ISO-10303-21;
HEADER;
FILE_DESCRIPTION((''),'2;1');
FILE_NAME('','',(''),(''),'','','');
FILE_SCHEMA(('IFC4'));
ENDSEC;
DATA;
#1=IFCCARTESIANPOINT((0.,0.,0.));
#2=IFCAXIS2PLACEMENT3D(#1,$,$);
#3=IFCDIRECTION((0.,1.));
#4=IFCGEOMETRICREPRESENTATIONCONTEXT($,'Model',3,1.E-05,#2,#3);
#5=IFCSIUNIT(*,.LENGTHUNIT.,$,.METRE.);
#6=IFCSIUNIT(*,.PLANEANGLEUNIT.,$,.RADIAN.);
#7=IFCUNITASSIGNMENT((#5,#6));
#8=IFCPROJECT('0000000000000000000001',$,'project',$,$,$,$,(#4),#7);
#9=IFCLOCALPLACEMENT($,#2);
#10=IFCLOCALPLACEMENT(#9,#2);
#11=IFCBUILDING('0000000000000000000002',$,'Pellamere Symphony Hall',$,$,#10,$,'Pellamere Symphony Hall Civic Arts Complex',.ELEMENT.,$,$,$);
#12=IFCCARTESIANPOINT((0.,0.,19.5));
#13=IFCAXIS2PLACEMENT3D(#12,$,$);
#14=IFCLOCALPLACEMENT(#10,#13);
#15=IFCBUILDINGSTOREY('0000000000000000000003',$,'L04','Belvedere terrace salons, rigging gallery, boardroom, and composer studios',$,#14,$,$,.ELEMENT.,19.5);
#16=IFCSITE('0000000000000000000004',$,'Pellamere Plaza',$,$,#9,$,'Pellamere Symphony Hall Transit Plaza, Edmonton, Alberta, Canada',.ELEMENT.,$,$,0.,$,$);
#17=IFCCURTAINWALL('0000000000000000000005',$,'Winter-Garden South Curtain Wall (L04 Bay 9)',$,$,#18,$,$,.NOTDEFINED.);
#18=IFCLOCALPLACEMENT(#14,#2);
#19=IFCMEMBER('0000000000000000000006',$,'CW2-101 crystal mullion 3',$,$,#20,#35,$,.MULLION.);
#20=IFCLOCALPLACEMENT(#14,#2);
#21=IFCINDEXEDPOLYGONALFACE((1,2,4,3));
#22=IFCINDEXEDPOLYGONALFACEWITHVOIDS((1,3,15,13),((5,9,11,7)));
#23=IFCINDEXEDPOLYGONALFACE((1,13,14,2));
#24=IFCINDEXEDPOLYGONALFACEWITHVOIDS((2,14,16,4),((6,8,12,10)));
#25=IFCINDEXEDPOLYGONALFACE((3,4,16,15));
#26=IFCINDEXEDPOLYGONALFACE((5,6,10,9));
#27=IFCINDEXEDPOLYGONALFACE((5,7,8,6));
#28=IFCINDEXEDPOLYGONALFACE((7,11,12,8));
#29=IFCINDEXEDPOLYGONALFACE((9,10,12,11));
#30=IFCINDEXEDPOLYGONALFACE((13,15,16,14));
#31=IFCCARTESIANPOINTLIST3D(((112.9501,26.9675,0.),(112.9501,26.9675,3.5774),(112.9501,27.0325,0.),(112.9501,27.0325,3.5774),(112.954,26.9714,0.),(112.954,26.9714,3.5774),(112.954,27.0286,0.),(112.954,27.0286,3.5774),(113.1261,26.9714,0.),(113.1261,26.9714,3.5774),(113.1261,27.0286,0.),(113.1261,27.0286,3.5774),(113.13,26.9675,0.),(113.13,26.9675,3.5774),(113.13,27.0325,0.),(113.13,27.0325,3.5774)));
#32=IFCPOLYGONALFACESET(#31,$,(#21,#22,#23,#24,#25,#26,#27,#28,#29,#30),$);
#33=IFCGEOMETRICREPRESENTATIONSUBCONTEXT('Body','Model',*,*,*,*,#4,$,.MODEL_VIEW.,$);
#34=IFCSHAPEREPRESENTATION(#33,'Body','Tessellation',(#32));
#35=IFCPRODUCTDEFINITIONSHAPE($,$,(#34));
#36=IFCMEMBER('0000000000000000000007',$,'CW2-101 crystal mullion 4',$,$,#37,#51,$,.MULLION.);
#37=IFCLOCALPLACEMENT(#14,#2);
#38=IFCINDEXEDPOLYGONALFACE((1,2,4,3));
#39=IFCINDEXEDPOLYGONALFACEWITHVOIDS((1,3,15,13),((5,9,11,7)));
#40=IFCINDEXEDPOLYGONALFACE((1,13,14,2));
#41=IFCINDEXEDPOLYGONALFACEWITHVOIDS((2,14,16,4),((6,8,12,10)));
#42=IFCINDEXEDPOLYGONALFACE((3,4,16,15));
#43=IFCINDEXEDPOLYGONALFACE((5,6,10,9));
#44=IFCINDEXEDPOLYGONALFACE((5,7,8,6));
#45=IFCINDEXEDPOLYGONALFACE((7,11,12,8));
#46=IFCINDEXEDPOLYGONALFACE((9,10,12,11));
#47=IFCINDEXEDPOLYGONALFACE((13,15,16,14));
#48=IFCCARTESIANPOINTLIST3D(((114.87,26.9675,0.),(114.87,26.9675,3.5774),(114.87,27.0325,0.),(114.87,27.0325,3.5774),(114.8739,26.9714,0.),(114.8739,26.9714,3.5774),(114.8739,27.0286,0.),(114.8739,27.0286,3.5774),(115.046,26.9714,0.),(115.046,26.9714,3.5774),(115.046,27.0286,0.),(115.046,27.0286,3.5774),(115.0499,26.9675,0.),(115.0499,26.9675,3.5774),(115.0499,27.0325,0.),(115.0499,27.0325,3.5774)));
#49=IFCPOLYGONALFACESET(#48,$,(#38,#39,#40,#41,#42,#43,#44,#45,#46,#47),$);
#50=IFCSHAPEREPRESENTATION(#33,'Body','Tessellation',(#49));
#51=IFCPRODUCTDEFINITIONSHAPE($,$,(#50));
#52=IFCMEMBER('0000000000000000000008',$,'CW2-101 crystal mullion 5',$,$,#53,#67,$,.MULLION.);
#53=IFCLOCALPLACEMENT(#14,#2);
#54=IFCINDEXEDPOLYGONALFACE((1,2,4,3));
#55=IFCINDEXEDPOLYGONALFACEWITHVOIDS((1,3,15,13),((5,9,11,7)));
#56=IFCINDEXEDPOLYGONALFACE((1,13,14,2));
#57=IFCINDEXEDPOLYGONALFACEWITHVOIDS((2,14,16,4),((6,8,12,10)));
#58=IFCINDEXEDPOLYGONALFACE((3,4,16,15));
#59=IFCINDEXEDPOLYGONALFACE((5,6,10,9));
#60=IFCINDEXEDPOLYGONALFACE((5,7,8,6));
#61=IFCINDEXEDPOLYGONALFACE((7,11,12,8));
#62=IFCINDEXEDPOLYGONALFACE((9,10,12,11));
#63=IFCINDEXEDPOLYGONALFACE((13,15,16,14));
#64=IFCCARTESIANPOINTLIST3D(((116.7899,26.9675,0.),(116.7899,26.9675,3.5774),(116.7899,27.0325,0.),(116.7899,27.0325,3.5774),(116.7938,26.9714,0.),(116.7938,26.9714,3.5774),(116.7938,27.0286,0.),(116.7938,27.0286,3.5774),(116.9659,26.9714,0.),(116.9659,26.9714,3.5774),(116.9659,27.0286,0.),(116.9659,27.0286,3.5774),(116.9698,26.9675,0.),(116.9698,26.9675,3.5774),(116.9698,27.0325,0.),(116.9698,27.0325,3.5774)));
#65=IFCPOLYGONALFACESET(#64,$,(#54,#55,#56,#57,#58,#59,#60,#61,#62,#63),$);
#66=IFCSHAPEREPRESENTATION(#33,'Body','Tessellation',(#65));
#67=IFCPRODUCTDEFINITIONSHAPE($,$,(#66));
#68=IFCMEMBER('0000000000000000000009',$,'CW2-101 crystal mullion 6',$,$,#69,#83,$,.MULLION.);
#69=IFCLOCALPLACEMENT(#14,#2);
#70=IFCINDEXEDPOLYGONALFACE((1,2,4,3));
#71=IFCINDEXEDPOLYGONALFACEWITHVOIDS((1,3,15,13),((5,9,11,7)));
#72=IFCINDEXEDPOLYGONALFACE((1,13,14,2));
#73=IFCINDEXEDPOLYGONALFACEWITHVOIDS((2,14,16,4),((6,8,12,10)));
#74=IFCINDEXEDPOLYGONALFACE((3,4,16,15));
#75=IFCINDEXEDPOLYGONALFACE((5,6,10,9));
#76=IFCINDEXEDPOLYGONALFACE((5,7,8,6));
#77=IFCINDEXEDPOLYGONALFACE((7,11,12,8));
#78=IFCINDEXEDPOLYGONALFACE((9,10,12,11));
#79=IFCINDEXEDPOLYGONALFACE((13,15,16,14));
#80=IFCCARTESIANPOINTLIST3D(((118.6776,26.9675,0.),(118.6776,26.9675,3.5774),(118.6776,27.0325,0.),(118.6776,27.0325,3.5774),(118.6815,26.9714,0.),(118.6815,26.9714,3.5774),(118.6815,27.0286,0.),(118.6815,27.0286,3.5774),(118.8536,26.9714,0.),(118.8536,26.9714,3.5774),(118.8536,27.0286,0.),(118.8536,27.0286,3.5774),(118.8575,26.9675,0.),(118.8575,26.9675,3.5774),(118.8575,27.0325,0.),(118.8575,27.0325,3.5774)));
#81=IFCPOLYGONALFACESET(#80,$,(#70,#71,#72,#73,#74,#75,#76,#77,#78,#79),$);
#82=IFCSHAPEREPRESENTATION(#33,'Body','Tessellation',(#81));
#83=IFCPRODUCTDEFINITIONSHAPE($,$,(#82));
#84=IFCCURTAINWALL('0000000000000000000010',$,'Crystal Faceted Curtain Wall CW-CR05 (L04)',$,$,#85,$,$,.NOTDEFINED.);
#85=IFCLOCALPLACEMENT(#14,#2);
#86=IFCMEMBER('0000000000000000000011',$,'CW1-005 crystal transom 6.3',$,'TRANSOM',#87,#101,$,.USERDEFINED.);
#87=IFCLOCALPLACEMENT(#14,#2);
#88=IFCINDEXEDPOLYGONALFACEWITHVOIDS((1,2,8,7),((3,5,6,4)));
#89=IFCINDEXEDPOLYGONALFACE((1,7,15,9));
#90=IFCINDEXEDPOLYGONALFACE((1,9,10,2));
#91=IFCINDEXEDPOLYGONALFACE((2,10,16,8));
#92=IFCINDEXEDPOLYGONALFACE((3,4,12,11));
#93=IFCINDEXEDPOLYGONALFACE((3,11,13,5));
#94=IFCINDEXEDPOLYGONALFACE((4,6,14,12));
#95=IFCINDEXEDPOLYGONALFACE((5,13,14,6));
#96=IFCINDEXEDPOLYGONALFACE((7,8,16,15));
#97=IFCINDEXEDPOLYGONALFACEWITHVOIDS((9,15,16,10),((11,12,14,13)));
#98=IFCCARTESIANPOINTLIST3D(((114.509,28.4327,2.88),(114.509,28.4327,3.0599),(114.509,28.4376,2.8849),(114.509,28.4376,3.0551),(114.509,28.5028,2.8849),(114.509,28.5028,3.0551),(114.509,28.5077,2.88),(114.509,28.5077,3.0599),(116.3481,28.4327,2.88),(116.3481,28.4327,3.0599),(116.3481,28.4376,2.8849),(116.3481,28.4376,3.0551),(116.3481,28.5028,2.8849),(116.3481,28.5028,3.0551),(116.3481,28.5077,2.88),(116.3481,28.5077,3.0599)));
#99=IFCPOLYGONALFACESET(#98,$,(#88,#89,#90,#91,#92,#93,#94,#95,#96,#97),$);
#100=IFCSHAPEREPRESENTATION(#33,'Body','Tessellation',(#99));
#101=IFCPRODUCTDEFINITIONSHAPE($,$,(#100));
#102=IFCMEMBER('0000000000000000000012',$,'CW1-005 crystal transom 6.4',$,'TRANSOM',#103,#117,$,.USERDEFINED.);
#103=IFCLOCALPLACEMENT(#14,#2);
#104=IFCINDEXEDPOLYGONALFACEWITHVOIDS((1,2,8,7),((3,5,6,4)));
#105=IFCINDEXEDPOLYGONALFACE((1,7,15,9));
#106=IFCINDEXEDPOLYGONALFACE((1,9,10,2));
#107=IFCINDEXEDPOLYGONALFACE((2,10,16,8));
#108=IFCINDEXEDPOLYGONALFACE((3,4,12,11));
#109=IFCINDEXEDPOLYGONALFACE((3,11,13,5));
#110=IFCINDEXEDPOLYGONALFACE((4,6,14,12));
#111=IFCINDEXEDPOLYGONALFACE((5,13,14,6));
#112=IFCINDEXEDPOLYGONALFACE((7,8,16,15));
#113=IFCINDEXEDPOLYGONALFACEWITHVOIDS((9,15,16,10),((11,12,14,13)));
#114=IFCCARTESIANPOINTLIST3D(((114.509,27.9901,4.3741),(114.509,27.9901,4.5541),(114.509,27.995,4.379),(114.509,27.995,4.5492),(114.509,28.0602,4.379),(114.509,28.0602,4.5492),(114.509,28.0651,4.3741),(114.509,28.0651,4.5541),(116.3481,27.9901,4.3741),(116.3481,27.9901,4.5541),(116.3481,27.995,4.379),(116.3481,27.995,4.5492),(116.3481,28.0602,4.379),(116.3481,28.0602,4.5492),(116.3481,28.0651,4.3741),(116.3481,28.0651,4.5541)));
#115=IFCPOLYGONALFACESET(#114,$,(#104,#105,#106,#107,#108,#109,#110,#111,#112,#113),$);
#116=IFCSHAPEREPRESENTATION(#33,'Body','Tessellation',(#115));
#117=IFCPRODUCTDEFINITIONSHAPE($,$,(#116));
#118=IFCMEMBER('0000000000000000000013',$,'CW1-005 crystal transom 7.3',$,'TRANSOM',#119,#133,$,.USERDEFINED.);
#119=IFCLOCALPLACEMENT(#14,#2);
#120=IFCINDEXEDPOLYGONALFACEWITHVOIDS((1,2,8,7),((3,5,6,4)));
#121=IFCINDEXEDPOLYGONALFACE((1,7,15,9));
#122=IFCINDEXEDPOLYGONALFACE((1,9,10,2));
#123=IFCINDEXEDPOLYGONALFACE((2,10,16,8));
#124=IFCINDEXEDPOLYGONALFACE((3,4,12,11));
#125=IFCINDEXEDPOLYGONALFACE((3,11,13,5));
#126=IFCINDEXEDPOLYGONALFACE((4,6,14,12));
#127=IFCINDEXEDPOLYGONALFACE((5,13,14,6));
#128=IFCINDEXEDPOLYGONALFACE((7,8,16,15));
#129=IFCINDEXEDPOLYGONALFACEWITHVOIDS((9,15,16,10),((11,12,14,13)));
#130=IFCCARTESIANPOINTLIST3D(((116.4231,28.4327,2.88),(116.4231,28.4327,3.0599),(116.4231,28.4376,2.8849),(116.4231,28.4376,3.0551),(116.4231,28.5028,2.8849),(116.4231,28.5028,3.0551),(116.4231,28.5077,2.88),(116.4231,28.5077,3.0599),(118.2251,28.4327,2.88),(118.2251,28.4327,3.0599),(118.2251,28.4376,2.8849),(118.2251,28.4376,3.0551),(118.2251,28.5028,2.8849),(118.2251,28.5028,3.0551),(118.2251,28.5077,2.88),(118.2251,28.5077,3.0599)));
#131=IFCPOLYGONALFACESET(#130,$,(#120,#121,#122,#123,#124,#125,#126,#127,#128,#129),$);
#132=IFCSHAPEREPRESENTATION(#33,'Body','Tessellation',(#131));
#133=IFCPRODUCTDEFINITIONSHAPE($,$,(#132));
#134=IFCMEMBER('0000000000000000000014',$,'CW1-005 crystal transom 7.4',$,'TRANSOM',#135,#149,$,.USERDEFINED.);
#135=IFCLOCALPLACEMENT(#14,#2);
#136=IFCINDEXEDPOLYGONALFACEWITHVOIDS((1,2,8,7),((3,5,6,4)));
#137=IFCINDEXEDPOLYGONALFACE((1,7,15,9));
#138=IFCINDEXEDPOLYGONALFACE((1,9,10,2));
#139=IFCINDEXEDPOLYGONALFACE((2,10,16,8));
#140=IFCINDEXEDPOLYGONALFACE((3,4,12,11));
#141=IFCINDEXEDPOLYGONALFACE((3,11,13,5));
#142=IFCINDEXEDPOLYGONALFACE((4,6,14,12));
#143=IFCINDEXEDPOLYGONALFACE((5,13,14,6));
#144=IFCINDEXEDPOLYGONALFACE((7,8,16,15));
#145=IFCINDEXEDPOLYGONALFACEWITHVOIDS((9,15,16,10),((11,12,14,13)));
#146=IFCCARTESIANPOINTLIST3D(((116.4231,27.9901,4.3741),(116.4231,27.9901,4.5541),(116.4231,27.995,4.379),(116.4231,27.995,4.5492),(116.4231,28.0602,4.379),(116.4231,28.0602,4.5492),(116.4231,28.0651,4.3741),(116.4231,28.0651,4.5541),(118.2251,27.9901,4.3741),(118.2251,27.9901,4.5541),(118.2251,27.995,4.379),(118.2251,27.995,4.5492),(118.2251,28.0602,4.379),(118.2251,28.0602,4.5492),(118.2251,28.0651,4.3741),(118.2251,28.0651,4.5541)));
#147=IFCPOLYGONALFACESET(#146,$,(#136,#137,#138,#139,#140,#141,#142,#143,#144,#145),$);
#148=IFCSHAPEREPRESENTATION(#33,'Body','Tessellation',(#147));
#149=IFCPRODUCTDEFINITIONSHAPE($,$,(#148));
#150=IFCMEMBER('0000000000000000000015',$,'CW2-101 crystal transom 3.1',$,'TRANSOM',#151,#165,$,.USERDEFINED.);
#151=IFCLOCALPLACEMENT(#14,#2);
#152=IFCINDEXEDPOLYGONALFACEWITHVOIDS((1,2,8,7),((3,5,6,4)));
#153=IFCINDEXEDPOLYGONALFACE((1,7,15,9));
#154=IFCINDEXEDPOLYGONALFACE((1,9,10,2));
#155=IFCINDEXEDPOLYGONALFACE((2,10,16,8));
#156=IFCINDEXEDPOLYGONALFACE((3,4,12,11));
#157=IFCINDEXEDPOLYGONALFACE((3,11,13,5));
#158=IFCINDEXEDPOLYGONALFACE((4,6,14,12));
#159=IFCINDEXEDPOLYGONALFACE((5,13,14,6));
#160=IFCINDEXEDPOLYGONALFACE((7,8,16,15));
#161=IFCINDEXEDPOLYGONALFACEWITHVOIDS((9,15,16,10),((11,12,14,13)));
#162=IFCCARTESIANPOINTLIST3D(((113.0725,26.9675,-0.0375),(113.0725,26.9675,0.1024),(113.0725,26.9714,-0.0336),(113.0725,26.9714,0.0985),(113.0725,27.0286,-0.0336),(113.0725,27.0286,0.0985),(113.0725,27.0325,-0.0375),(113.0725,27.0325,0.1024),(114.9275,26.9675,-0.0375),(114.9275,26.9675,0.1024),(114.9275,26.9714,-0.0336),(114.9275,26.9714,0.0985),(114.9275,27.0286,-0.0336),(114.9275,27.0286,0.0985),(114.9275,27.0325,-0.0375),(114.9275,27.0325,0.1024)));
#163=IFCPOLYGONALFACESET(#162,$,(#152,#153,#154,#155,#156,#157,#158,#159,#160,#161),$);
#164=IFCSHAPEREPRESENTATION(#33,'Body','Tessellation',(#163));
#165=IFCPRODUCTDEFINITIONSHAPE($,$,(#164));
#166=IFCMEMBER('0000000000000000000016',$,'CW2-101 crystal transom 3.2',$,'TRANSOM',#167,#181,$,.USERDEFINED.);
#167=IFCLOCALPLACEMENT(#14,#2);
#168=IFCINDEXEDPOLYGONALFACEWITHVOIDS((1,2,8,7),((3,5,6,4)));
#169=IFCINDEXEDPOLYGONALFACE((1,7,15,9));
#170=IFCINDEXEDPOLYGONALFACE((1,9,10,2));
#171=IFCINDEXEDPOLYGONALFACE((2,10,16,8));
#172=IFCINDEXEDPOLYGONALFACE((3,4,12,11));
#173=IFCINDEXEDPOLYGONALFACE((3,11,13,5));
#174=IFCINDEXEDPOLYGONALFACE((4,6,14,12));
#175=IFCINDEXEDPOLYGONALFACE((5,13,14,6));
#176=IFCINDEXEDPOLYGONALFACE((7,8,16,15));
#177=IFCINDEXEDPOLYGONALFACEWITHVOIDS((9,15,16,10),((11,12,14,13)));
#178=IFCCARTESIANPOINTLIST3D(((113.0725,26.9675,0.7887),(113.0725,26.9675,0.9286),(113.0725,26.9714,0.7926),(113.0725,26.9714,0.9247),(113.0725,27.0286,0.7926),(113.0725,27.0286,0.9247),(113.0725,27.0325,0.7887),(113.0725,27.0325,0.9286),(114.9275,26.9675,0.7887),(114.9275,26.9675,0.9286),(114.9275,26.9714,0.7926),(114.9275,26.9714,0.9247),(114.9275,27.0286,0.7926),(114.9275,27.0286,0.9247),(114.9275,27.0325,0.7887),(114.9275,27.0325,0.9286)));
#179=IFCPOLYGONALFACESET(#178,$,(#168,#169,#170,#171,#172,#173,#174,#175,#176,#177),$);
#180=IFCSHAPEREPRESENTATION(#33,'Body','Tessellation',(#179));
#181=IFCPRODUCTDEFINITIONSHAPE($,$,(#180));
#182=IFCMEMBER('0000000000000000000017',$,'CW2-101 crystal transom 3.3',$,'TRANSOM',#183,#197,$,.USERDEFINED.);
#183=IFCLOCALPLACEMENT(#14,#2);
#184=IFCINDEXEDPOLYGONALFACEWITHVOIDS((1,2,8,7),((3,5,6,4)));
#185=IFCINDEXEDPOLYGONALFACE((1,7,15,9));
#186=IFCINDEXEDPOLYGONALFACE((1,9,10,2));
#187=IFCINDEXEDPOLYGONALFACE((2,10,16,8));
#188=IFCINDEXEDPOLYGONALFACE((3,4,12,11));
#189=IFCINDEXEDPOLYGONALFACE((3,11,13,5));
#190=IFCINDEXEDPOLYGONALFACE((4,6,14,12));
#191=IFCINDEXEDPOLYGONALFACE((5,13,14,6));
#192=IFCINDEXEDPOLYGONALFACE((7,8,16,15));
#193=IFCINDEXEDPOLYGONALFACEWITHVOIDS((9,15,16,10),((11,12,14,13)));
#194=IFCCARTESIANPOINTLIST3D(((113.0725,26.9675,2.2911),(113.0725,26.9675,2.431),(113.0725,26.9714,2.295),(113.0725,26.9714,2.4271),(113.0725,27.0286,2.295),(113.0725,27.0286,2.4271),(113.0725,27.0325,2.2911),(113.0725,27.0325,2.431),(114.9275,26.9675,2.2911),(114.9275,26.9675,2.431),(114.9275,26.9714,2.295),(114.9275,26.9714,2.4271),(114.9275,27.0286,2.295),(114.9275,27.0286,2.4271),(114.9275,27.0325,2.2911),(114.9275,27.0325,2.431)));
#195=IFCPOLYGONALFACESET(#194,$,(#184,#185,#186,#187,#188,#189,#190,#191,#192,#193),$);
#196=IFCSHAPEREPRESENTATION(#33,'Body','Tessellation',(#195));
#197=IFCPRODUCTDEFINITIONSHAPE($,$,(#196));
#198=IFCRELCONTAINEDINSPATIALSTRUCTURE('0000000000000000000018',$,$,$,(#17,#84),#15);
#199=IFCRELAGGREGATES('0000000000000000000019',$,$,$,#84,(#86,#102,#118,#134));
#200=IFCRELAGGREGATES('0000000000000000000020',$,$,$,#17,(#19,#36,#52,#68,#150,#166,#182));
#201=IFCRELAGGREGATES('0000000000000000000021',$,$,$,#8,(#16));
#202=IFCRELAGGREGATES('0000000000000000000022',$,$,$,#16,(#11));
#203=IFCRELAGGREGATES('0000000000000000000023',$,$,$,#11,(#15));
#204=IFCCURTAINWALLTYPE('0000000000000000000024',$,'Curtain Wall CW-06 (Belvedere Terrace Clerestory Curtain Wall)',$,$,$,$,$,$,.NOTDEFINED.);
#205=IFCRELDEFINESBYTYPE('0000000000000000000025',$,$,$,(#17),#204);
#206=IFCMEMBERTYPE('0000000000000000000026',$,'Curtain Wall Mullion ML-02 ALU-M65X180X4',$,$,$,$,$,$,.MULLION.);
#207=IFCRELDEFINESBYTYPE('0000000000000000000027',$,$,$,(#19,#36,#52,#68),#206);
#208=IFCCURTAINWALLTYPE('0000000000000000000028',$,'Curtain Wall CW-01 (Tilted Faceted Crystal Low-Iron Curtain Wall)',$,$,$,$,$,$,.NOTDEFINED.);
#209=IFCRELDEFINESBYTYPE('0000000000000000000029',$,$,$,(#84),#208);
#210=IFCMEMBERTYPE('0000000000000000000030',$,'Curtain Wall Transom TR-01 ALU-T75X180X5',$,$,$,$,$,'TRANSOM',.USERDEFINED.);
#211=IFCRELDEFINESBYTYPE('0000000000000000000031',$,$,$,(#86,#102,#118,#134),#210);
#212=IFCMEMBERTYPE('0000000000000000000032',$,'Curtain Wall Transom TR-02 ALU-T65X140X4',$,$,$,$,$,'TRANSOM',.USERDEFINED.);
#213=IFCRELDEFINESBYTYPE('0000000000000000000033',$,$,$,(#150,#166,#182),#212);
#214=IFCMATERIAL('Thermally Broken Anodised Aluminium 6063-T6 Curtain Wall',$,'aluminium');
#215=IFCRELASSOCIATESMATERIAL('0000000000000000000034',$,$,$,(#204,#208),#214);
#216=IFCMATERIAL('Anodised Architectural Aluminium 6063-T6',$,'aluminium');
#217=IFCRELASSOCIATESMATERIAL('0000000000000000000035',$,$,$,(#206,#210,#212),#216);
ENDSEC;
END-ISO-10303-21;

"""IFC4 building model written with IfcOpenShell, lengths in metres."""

from ifc_helpers import new_model, si_unit, direction, frame, origin, origin_2d, place, context, subcontext, project, spatial, hollow_rectangle, extrude, material, material_profile, profile_set, type_object, element, aggregate, save


model = new_model("IFC4")

# Units and contexts
model_context = context("Model", 3, precision=1e-05, world=origin(), true_north=direction((0.0, 1.0)))
body_context = subcontext(model_context, "Body", "Model", "MODEL_VIEW")
ifc_project = project(units=[si_unit("LENGTHUNIT", "METRE"), si_unit("PLANEANGLEUNIT", "RADIAN")], contexts=[model_context])

# Site, building, storey
site_placement = place(None, origin())
site = spatial("IfcSite", under=ifc_project, at=site_placement, Name="Pellamere Plaza", LongName="Pellamere Symphony Hall Transit Plaza, Edmonton, Alberta, Canada", CompositionType="ELEMENT", RefElevation=0.0)
building_placement = place(site_placement, origin())
building = spatial("IfcBuilding", under=site, at=building_placement, Name="Pellamere Symphony Hall", LongName="Pellamere Symphony Hall Civic Arts Complex", CompositionType="ELEMENT")
storey_placement = place(building_placement, frame((0.0, 0.0, 19.5)))
storey = spatial("IfcBuildingStorey", under=building, at=storey_placement, Name="L04", Description="Belvedere terrace salons, rigging gallery, boardroom, and composer studios", CompositionType="ELEMENT", Elevation=19.5)

# Curtain walls, members
ifc_material_1 = material(Name="Thermally Broken Anodised Aluminium 6063-T6 Curtain Wall", Category="aluminium")
curtain_wall_type_1 = type_object("IfcCurtainWallType", Name="Curtain Wall CW-06 (Belvedere Terrace Clerestory Curtain Wall)", PredefinedType="NOTDEFINED", material=ifc_material_1)
curtain_wall_1_placement = place(storey_placement, origin())
curtain_wall_1 = element("IfcCurtainWall", 1, at=curtain_wall_1_placement, inside=storey, type_object=curtain_wall_type_1, Name="Winter-Garden South Curtain Wall (L04 Bay 9)", PredefinedType="NOTDEFINED")
ifc_material_2 = material(Name="Anodised Architectural Aluminium 6063-T6", Category="aluminium")
ifc_material_profile_1 = material_profile(ifc_material_2, hollow_rectangle(XDim=0.0649, YDim=0.1799, WallThickness=0.0039, at=origin_2d()), Name="ALU-M65X180X4")
ifc_profile_set_1 = profile_set([ifc_material_profile_1], Name="Anodised Architectural Aluminium 6063-T6")
member_type_1 = type_object("IfcMemberType", Name="Curtain Wall Mullion ML-02 ALU-M65X180X4", PredefinedType="MULLION", material=ifc_profile_set_1)
member_1_placement = place(storey_placement, frame((113.04, 27.0, 0.0), z_axis=(0.0, 0.0, 1.0), x_axis=(0.0, 1.0, 0.0)))
member_1 = element("IfcMember", 2, at=member_1_placement, type_object=member_type_1, Name="CW2-101 crystal mullion 3", PredefinedType="MULLION", context=body_context, shape_type="SweptSolid", body=[
    extrude(hollow_rectangle(XDim=0.0649, YDim=0.1799, WallThickness=0.0039, at=origin_2d()), origin(), (0.0, 0.0, 1.0), 3.5774),
])
member_2_placement = place(storey_placement, frame((114.96, 27.0, 0.0), z_axis=(0.0, 0.0, 1.0), x_axis=(0.0, 1.0, 0.0)))
member_2 = element("IfcMember", 3, at=member_2_placement, type_object=member_type_1, Name="CW2-101 crystal mullion 4", PredefinedType="MULLION", context=body_context, shape_type="SweptSolid", body=[
    extrude(hollow_rectangle(XDim=0.0649, YDim=0.1799, WallThickness=0.0039, at=origin_2d()), origin(), (0.0, 0.0, 1.0), 3.5774),
])
member_3_placement = place(storey_placement, frame((116.8799, 27.0, 0.0), z_axis=(0.0, 0.0, 1.0), x_axis=(0.0, 1.0, 0.0)))
member_3 = element("IfcMember", 4, at=member_3_placement, type_object=member_type_1, Name="CW2-101 crystal mullion 5", PredefinedType="MULLION", context=body_context, shape_type="SweptSolid", body=[
    extrude(hollow_rectangle(XDim=0.0649, YDim=0.1799, WallThickness=0.0039, at=origin_2d()), origin(), (0.0, 0.0, 1.0), 3.5774),
])
member_4_placement = place(storey_placement, frame((118.7676, 27.0, 0.0), z_axis=(0.0, 0.0, 1.0), x_axis=(0.0, 1.0, 0.0)))
member_4 = element("IfcMember", 5, at=member_4_placement, type_object=member_type_1, Name="CW2-101 crystal mullion 6", PredefinedType="MULLION", context=body_context, shape_type="SweptSolid", body=[
    extrude(hollow_rectangle(XDim=0.0649, YDim=0.1799, WallThickness=0.0039, at=origin_2d()), origin(), (0.0, 0.0, 1.0), 3.5774),
])
curtain_wall_type_2 = type_object("IfcCurtainWallType", Name="Curtain Wall CW-01 (Tilted Faceted Crystal Low-Iron Curtain Wall)", PredefinedType="NOTDEFINED", material=ifc_material_1)
curtain_wall_2_placement = place(storey_placement, origin())
curtain_wall_2 = element("IfcCurtainWall", 6, at=curtain_wall_2_placement, inside=storey, type_object=curtain_wall_type_2, Name="Crystal Faceted Curtain Wall CW-CR05 (L04)", PredefinedType="NOTDEFINED")
ifc_material_profile_2 = material_profile(ifc_material_2, hollow_rectangle(XDim=0.075, YDim=0.1799, WallThickness=0.0049, at=origin_2d()), Name="ALU-T75X180X5")
ifc_profile_set_2 = profile_set([ifc_material_profile_2], Name="Anodised Architectural Aluminium 6063-T6")
member_type_2 = type_object("IfcMemberType", Name="Curtain Wall Transom TR-01 ALU-T75X180X5", ElementType="TRANSOM", PredefinedType="USERDEFINED", material=ifc_profile_set_2)
member_5_placement = place(storey_placement, frame((114.509, 28.4702, 2.97), z_axis=(1.0, 0.0, 0.0), x_axis=(0.0, 1.0, 0.0)))
member_5 = element("IfcMember", 7, at=member_5_placement, type_object=member_type_2, Name="CW1-005 crystal transom 6.3", ObjectType="TRANSOM", PredefinedType="USERDEFINED", context=body_context, shape_type="SweptSolid", body=[
    extrude(hollow_rectangle(XDim=0.075, YDim=0.1799, WallThickness=0.0049, at=origin_2d()), origin(), (0.0, 0.0, 1.0), 1.8391),
])
member_6_placement = place(storey_placement, frame((114.509, 28.0276, 4.4641), z_axis=(1.0, 0.0, 0.0), x_axis=(0.0, 1.0, 0.0)))
member_6 = element("IfcMember", 8, at=member_6_placement, type_object=member_type_2, Name="CW1-005 crystal transom 6.4", ObjectType="TRANSOM", PredefinedType="USERDEFINED", context=body_context, shape_type="SweptSolid", body=[
    extrude(hollow_rectangle(XDim=0.075, YDim=0.1799, WallThickness=0.0049, at=origin_2d()), origin(), (0.0, 0.0, 1.0), 1.8391),
])
member_7_placement = place(storey_placement, frame((116.4231, 28.4702, 2.97), z_axis=(1.0, 0.0, 0.0), x_axis=(0.0, 1.0, 0.0)))
member_7 = element("IfcMember", 9, at=member_7_placement, type_object=member_type_2, Name="CW1-005 crystal transom 7.3", ObjectType="TRANSOM", PredefinedType="USERDEFINED", context=body_context, shape_type="SweptSolid", body=[
    extrude(hollow_rectangle(XDim=0.075, YDim=0.1799, WallThickness=0.0049, at=origin_2d()), origin(), (0.0, 0.0, 1.0), 1.802),
])
member_8_placement = place(storey_placement, frame((116.4231, 28.0276, 4.4641), z_axis=(1.0, 0.0, 0.0), x_axis=(0.0, 1.0, 0.0)))
member_8 = element("IfcMember", 10, at=member_8_placement, type_object=member_type_2, Name="CW1-005 crystal transom 7.4", ObjectType="TRANSOM", PredefinedType="USERDEFINED", context=body_context, shape_type="SweptSolid", body=[
    extrude(hollow_rectangle(XDim=0.075, YDim=0.1799, WallThickness=0.0049, at=origin_2d()), origin(), (0.0, 0.0, 1.0), 1.802),
])

# Members
ifc_material_profile_3 = material_profile(ifc_material_2, hollow_rectangle(XDim=0.0649, YDim=0.1399, WallThickness=0.0039, at=origin_2d()), Name="ALU-T65X140X4")
ifc_profile_set_3 = profile_set([ifc_material_profile_3], Name="Anodised Architectural Aluminium 6063-T6")
member_type_3 = type_object("IfcMemberType", Name="Curtain Wall Transom TR-02 ALU-T65X140X4", ElementType="TRANSOM", PredefinedType="USERDEFINED", material=ifc_profile_set_3)
member_9_placement = place(storey_placement, frame((113.0725, 27.0, 0.0325), z_axis=(1.0, 0.0, 0.0), x_axis=(0.0, 1.0, 0.0)))
member_9 = element("IfcMember", 11, at=member_9_placement, type_object=member_type_3, Name="CW2-101 crystal transom 3.1", ObjectType="TRANSOM", PredefinedType="USERDEFINED", context=body_context, shape_type="SweptSolid", body=[
    extrude(hollow_rectangle(XDim=0.0649, YDim=0.1399, WallThickness=0.0039, at=origin_2d()), origin(), (0.0, 0.0, 1.0), 1.855),
])
member_10_placement = place(storey_placement, frame((113.0725, 27.0, 0.8586), z_axis=(1.0, 0.0, 0.0), x_axis=(0.0, 1.0, 0.0)))
member_10 = element("IfcMember", 12, at=member_10_placement, type_object=member_type_3, Name="CW2-101 crystal transom 3.2", ObjectType="TRANSOM", PredefinedType="USERDEFINED", context=body_context, shape_type="SweptSolid", body=[
    extrude(hollow_rectangle(XDim=0.0649, YDim=0.1399, WallThickness=0.0039, at=origin_2d()), origin(), (0.0, 0.0, 1.0), 1.855),
])
member_11_placement = place(storey_placement, frame((113.0725, 27.0, 2.3611), z_axis=(1.0, 0.0, 0.0), x_axis=(0.0, 1.0, 0.0)))
member_11 = element("IfcMember", 13, at=member_11_placement, type_object=member_type_3, Name="CW2-101 crystal transom 3.3", ObjectType="TRANSOM", PredefinedType="USERDEFINED", context=body_context, shape_type="SweptSolid", body=[
    extrude(hollow_rectangle(XDim=0.0649, YDim=0.1399, WallThickness=0.0039, at=origin_2d()), origin(), (0.0, 0.0, 1.0), 1.855),
])

aggregate(curtain_wall_2, [member_5, member_6, member_7, member_8])
aggregate(curtain_wall_1, [member_1, member_2, member_3, member_4, member_9, member_10, member_11])

save(model, "model.ifc")
